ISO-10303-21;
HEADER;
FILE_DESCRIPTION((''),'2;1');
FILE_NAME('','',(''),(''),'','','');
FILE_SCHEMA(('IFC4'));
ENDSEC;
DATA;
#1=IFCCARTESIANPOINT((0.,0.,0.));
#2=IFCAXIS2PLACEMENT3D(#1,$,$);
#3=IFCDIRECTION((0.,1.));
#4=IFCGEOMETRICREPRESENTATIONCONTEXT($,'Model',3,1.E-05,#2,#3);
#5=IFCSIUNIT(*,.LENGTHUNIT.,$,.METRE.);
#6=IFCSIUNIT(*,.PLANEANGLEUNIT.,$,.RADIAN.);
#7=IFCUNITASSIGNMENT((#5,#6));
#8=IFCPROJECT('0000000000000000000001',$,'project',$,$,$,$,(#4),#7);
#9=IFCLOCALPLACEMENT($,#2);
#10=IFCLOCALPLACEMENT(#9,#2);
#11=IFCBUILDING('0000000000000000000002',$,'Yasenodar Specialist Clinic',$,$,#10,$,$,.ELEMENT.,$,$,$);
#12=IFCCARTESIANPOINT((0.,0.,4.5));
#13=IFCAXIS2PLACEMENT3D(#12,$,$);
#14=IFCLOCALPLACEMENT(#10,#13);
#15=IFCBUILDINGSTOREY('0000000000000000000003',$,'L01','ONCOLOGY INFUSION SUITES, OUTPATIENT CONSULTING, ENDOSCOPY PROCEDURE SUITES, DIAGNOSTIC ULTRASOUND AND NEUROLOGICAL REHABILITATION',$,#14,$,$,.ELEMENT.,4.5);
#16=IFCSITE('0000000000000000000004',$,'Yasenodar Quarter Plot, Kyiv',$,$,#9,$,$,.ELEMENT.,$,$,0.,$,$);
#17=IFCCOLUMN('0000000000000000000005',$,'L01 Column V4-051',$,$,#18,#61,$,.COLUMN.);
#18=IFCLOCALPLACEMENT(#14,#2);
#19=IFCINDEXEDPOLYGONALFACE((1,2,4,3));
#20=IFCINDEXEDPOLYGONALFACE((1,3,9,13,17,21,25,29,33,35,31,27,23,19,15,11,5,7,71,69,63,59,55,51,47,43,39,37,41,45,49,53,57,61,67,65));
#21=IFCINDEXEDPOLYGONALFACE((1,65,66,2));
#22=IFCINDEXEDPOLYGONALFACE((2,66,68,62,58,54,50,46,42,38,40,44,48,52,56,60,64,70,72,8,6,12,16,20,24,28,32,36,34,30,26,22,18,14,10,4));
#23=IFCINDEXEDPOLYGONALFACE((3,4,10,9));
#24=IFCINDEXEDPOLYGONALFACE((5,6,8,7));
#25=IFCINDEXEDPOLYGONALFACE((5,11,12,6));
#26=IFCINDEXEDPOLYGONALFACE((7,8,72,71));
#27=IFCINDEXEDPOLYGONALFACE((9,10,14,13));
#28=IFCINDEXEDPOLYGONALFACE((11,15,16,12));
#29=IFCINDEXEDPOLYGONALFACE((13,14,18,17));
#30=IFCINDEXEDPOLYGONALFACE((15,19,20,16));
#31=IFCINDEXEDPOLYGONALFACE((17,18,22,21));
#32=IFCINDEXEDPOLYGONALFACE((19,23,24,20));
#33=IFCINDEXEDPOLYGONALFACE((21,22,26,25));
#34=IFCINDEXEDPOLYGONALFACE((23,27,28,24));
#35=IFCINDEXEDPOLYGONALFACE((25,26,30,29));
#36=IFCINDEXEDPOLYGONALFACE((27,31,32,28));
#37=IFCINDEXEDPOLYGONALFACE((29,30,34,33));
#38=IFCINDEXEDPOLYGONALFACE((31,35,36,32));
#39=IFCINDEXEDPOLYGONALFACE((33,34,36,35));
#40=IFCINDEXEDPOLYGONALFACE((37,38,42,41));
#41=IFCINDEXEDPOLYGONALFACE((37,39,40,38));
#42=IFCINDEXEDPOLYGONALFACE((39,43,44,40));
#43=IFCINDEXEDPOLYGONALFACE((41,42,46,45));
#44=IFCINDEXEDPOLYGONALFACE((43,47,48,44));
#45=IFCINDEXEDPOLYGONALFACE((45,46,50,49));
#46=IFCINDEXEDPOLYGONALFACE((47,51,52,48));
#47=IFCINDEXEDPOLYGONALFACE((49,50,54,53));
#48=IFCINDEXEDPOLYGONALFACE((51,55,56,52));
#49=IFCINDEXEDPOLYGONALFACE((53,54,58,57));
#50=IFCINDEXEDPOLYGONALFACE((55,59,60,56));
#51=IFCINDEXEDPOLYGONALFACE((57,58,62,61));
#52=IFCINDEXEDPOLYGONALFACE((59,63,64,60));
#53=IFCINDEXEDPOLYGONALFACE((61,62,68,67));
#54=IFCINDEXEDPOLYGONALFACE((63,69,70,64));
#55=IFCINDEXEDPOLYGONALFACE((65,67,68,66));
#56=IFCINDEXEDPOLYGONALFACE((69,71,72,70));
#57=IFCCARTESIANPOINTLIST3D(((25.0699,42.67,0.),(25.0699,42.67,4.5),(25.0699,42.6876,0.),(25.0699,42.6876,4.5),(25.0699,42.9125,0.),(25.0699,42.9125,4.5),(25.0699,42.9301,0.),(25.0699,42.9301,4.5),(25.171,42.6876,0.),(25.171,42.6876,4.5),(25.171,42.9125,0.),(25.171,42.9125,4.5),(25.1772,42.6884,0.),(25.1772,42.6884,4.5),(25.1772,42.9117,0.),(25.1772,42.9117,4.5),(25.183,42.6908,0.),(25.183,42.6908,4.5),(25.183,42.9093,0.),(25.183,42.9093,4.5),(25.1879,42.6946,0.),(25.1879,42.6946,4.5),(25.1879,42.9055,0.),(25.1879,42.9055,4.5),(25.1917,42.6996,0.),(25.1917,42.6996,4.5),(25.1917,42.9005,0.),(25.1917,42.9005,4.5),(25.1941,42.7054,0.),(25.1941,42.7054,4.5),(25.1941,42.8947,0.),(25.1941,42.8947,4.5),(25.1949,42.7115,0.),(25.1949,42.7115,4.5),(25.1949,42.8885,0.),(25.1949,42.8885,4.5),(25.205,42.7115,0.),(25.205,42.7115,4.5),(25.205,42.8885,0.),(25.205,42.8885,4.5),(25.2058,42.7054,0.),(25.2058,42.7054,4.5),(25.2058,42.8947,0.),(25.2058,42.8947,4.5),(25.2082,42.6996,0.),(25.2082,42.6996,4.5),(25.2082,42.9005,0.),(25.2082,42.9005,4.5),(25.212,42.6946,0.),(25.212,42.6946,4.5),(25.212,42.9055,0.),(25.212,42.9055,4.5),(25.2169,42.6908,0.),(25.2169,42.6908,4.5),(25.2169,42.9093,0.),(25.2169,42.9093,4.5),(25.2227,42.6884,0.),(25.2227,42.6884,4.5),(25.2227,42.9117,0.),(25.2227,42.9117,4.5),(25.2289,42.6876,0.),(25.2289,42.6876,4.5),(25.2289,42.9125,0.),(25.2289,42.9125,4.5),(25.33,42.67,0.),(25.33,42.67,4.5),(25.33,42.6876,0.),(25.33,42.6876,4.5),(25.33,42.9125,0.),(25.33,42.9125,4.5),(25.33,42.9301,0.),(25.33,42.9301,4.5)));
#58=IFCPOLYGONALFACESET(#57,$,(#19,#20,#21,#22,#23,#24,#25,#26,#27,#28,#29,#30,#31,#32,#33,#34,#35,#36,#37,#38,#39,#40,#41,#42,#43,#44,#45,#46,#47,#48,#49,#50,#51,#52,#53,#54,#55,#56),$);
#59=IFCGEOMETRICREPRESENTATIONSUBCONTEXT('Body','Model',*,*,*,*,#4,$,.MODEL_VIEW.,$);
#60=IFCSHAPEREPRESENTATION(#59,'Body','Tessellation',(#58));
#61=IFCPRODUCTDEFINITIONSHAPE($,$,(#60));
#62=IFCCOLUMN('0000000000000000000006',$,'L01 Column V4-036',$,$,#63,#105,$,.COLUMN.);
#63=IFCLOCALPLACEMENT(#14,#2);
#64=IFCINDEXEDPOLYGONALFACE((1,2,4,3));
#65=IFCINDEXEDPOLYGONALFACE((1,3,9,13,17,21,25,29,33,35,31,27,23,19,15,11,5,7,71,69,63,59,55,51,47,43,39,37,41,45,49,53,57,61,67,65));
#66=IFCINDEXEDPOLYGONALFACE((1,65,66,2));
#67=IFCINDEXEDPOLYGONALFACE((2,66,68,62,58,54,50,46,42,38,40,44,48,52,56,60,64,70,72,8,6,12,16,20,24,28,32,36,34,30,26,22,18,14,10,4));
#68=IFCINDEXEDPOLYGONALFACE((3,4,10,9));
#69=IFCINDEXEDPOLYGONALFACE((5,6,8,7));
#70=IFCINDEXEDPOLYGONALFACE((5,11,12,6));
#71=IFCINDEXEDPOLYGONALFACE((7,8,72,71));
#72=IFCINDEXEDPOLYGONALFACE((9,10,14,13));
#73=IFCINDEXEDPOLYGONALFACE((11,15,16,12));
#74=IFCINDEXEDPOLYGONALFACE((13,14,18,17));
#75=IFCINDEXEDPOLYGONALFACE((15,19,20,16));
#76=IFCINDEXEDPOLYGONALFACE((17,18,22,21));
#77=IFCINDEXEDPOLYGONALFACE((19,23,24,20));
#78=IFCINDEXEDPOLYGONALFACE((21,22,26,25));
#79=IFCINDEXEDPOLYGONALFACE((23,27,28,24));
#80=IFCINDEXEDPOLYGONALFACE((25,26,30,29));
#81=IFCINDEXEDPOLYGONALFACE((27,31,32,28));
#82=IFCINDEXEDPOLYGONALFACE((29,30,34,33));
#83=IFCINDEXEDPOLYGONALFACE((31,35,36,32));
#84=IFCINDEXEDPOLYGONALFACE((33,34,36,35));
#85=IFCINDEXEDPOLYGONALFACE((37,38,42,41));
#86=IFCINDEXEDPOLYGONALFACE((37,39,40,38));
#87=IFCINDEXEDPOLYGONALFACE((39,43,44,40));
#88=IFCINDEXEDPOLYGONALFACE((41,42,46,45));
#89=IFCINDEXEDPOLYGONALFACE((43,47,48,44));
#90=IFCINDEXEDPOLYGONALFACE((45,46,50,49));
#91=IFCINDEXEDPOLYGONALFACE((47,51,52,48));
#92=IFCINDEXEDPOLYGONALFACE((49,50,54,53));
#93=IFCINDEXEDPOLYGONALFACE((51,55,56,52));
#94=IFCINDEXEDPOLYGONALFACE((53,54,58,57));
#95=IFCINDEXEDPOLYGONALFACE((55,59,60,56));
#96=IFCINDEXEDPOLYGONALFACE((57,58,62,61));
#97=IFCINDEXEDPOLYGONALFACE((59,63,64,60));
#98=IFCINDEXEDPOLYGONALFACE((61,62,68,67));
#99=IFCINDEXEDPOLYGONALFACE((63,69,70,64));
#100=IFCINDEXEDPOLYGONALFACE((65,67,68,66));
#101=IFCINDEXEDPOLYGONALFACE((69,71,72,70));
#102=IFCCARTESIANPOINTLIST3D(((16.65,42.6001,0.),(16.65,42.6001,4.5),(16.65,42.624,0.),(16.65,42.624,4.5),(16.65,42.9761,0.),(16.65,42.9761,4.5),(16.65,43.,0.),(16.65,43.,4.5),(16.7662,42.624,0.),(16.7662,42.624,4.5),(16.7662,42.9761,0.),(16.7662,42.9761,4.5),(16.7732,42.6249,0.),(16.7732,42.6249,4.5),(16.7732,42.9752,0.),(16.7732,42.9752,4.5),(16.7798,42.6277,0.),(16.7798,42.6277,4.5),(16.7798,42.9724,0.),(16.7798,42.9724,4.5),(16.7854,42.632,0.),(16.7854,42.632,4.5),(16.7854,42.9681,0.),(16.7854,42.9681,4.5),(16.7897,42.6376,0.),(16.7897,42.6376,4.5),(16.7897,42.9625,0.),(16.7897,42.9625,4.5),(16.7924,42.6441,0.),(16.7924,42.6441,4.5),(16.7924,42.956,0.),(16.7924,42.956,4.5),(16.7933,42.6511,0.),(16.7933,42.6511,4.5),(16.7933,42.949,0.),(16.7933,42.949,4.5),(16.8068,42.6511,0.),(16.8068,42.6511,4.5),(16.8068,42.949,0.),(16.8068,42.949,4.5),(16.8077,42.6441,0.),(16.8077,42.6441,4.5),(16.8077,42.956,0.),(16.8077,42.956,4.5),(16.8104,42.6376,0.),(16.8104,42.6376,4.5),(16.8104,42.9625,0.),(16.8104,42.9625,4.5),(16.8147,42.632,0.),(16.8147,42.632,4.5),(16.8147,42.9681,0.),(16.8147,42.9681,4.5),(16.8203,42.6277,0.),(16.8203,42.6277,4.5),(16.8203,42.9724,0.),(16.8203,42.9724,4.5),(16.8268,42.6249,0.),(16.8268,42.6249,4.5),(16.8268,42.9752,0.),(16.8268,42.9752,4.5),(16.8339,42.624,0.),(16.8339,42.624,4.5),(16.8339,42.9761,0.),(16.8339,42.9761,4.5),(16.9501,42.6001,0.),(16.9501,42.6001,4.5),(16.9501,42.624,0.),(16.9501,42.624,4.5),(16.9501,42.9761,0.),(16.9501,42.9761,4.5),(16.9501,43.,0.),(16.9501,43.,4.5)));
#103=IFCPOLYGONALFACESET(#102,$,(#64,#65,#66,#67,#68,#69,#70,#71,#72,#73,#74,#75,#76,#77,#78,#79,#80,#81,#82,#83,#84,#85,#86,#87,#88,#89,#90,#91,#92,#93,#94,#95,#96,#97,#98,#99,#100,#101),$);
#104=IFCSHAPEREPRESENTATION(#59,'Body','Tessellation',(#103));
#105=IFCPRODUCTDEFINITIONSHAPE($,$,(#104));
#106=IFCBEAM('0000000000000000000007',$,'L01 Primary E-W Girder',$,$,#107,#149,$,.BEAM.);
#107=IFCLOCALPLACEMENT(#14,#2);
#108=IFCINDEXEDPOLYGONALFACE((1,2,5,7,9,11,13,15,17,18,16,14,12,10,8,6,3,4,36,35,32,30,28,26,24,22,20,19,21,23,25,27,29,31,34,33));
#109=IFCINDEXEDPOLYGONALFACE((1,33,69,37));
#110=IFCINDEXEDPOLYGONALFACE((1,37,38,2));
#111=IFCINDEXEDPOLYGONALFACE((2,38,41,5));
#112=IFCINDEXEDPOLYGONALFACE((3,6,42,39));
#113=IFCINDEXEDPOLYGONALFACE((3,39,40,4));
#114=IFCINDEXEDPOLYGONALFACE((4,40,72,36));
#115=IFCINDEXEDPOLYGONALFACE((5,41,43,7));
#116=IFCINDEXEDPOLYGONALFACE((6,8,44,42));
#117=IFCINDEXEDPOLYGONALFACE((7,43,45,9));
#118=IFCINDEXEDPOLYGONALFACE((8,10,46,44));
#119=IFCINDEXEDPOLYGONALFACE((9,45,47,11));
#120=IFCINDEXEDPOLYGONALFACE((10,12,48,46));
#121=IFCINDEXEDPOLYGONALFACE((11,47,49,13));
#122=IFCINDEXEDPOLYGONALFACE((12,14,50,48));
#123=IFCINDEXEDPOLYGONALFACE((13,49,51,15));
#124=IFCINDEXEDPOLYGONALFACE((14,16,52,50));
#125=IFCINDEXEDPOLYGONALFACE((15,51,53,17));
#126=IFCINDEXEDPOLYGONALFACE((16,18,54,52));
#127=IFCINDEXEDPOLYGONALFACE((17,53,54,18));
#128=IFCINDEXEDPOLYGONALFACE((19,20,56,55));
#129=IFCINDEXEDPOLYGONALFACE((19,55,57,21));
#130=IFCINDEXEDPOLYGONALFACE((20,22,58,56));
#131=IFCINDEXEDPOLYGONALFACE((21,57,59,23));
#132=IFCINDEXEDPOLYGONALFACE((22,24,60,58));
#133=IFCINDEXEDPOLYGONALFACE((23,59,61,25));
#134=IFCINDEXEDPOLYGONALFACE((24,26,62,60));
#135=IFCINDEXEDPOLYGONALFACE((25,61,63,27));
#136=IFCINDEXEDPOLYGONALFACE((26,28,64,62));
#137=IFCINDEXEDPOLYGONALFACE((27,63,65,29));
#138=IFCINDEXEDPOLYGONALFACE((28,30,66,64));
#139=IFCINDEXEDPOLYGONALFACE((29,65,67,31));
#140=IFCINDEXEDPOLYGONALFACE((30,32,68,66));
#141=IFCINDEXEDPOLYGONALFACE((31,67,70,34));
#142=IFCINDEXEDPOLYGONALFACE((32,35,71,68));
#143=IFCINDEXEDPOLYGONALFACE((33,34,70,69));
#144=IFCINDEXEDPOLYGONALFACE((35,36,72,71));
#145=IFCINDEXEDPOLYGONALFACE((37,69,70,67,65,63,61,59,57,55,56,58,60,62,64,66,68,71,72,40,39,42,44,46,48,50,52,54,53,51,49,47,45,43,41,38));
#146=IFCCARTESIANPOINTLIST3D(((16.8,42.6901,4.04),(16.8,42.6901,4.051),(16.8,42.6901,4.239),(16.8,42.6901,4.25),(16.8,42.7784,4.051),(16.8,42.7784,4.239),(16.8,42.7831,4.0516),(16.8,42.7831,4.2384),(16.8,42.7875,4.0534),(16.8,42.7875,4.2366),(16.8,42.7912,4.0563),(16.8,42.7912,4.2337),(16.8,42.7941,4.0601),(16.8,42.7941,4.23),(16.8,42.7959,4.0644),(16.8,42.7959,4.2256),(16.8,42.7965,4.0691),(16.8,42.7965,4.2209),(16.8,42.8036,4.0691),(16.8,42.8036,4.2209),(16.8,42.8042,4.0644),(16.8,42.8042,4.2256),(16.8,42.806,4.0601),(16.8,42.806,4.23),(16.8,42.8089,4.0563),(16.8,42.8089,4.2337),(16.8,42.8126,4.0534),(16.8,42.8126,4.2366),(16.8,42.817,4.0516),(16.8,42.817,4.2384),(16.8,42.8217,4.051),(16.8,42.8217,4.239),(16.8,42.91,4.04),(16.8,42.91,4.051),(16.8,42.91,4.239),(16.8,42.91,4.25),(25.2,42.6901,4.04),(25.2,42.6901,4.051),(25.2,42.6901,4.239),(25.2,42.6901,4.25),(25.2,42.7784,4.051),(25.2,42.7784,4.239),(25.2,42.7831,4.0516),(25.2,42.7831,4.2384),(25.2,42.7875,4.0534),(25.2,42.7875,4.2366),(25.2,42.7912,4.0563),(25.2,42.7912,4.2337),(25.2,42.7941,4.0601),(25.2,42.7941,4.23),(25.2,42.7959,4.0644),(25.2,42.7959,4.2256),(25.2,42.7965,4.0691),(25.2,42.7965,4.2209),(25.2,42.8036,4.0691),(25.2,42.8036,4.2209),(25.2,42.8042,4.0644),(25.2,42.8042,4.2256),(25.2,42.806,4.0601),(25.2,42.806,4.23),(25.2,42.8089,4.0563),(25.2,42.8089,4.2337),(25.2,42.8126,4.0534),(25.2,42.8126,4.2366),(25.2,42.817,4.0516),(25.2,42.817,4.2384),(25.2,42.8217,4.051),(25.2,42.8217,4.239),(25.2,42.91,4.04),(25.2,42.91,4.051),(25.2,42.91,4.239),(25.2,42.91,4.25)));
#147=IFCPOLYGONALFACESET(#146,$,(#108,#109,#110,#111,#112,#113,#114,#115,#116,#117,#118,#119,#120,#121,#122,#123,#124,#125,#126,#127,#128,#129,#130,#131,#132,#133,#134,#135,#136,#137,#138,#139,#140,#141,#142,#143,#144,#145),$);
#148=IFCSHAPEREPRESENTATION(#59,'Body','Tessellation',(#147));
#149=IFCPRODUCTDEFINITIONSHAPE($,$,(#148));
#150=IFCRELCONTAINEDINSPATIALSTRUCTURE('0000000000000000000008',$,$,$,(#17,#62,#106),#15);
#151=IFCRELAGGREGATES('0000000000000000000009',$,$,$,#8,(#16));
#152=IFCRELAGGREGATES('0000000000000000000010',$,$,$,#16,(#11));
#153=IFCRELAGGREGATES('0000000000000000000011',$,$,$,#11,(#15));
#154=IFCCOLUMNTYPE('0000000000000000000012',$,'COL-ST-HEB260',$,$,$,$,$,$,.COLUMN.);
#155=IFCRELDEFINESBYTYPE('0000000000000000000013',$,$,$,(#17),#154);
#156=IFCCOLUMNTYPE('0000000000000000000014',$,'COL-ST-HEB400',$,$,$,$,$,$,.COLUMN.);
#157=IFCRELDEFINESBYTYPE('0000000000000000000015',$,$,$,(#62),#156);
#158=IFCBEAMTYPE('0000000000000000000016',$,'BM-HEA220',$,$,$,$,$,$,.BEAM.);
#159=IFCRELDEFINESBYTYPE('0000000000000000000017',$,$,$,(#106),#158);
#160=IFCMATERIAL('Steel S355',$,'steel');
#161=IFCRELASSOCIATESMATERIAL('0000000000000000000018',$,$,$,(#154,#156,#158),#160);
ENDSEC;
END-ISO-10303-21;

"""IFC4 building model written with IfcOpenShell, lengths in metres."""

from ifc_helpers import new_model, si_unit, direction, frame, origin, origin_2d, place, context, subcontext, project, spatial, i_section, extrude, material, material_profile, profile_set, type_object, element, save


model = new_model("IFC4")

# Units and contexts
model_context = context("Model", 3, precision=1e-05, world=origin(), true_north=direction((0.0, 1.0)))
body_context = subcontext(model_context, "Body", "Model", "MODEL_VIEW")
ifc_project = project(units=[si_unit("LENGTHUNIT", "METRE"), si_unit("PLANEANGLEUNIT", "RADIAN")], contexts=[model_context])

# Site, building, storey
site_placement = place(None, origin())
site = spatial("IfcSite", under=ifc_project, at=site_placement, Name="Yasenodar Quarter Plot, Kyiv", CompositionType="ELEMENT", RefElevation=0.0)
building_placement = place(site_placement, origin())
building = spatial("IfcBuilding", under=site, at=building_placement, Name="Yasenodar Specialist Clinic", CompositionType="ELEMENT")
storey_placement = place(building_placement, frame((0.0, 0.0, 4.5)))
storey = spatial("IfcBuildingStorey", under=building, at=storey_placement, Name="L01", Description="ONCOLOGY INFUSION SUITES, OUTPATIENT CONSULTING, ENDOSCOPY PROCEDURE SUITES, DIAGNOSTIC ULTRASOUND AND NEUROLOGICAL REHABILITATION", CompositionType="ELEMENT", Elevation=4.5)

# Columns
ifc_material_1 = material(Name="Steel S355", Category="steel")
ifc_material_profile_1 = material_profile(ifc_material_1, i_section(OverallWidth=0.26, OverallDepth=0.26, WebThickness=0.01, FlangeThickness=0.0176, FilletRadius=0.0239, at=origin_2d()), Name="HEB 260")
ifc_profile_set_1 = profile_set([ifc_material_profile_1], Name="Steel S355")
column_type_1 = type_object("IfcColumnType", Name="COL-ST-HEB260", PredefinedType="COLUMN", material=ifc_profile_set_1)
column_1_placement = place(storey_placement, frame((25.2, 42.8, 0.0), z_axis=(0.0, 0.0, 1.0), x_axis=(1.0, 0.0, 0.0)))
element("IfcColumn", 1, at=column_1_placement, inside=storey, type_object=column_type_1, Name="L01 Column V4-051", PredefinedType="COLUMN", context=body_context, shape_type="SweptSolid", body=[
    extrude(i_section(OverallWidth=0.26, OverallDepth=0.26, WebThickness=0.01, FlangeThickness=0.0176, FilletRadius=0.0239, at=origin_2d()), origin(), (0.0, 0.0, 1.0), 4.5),
])
ifc_material_profile_2 = material_profile(ifc_material_1, i_section(OverallWidth=0.3, OverallDepth=0.3999, WebThickness=0.0134, FlangeThickness=0.0239, FilletRadius=0.0271, at=origin_2d()), Name="HEB 400")
ifc_profile_set_2 = profile_set([ifc_material_profile_2], Name="Steel S355")
column_type_2 = type_object("IfcColumnType", Name="COL-ST-HEB400", PredefinedType="COLUMN", material=ifc_profile_set_2)
column_2_placement = place(storey_placement, frame((16.8, 42.8, 0.0), z_axis=(0.0, 0.0, 1.0), x_axis=(1.0, 0.0, 0.0)))
element("IfcColumn", 2, at=column_2_placement, inside=storey, type_object=column_type_2, Name="L01 Column V4-036", PredefinedType="COLUMN", context=body_context, shape_type="SweptSolid", body=[
    extrude(i_section(OverallWidth=0.3, OverallDepth=0.3999, WebThickness=0.0134, FlangeThickness=0.0239, FilletRadius=0.0271, at=origin_2d()), origin(), (0.0, 0.0, 1.0), 4.5),
])

# Beam
ifc_material_profile_3 = material_profile(ifc_material_1, i_section(OverallWidth=0.22, OverallDepth=0.21, WebThickness=0.0071, FlangeThickness=0.011, FilletRadius=0.0181, at=origin_2d()), Name="HEA 220")
ifc_profile_set_3 = profile_set([ifc_material_profile_3], Name="Steel S355")
beam_type_1 = type_object("IfcBeamType", Name="BM-HEA220", PredefinedType="BEAM", material=ifc_profile_set_3)
beam_1_placement = place(storey_placement, frame((16.8, 42.8, 4.145), z_axis=(1.0, 0.0, 0.0), x_axis=(0.0, 1.0, 0.0)))
element("IfcBeam", 3, at=beam_1_placement, inside=storey, type_object=beam_type_1, Name="L01 Primary E-W Girder", PredefinedType="BEAM", context=body_context, shape_type="SweptSolid", body=[
    extrude(i_section(OverallWidth=0.22, OverallDepth=0.21, WebThickness=0.0071, FlangeThickness=0.011, FilletRadius=0.0181, at=origin_2d()), origin(), (0.0, 0.0, 1.0), 8.3999),
])

save(model, "model.ifc")
